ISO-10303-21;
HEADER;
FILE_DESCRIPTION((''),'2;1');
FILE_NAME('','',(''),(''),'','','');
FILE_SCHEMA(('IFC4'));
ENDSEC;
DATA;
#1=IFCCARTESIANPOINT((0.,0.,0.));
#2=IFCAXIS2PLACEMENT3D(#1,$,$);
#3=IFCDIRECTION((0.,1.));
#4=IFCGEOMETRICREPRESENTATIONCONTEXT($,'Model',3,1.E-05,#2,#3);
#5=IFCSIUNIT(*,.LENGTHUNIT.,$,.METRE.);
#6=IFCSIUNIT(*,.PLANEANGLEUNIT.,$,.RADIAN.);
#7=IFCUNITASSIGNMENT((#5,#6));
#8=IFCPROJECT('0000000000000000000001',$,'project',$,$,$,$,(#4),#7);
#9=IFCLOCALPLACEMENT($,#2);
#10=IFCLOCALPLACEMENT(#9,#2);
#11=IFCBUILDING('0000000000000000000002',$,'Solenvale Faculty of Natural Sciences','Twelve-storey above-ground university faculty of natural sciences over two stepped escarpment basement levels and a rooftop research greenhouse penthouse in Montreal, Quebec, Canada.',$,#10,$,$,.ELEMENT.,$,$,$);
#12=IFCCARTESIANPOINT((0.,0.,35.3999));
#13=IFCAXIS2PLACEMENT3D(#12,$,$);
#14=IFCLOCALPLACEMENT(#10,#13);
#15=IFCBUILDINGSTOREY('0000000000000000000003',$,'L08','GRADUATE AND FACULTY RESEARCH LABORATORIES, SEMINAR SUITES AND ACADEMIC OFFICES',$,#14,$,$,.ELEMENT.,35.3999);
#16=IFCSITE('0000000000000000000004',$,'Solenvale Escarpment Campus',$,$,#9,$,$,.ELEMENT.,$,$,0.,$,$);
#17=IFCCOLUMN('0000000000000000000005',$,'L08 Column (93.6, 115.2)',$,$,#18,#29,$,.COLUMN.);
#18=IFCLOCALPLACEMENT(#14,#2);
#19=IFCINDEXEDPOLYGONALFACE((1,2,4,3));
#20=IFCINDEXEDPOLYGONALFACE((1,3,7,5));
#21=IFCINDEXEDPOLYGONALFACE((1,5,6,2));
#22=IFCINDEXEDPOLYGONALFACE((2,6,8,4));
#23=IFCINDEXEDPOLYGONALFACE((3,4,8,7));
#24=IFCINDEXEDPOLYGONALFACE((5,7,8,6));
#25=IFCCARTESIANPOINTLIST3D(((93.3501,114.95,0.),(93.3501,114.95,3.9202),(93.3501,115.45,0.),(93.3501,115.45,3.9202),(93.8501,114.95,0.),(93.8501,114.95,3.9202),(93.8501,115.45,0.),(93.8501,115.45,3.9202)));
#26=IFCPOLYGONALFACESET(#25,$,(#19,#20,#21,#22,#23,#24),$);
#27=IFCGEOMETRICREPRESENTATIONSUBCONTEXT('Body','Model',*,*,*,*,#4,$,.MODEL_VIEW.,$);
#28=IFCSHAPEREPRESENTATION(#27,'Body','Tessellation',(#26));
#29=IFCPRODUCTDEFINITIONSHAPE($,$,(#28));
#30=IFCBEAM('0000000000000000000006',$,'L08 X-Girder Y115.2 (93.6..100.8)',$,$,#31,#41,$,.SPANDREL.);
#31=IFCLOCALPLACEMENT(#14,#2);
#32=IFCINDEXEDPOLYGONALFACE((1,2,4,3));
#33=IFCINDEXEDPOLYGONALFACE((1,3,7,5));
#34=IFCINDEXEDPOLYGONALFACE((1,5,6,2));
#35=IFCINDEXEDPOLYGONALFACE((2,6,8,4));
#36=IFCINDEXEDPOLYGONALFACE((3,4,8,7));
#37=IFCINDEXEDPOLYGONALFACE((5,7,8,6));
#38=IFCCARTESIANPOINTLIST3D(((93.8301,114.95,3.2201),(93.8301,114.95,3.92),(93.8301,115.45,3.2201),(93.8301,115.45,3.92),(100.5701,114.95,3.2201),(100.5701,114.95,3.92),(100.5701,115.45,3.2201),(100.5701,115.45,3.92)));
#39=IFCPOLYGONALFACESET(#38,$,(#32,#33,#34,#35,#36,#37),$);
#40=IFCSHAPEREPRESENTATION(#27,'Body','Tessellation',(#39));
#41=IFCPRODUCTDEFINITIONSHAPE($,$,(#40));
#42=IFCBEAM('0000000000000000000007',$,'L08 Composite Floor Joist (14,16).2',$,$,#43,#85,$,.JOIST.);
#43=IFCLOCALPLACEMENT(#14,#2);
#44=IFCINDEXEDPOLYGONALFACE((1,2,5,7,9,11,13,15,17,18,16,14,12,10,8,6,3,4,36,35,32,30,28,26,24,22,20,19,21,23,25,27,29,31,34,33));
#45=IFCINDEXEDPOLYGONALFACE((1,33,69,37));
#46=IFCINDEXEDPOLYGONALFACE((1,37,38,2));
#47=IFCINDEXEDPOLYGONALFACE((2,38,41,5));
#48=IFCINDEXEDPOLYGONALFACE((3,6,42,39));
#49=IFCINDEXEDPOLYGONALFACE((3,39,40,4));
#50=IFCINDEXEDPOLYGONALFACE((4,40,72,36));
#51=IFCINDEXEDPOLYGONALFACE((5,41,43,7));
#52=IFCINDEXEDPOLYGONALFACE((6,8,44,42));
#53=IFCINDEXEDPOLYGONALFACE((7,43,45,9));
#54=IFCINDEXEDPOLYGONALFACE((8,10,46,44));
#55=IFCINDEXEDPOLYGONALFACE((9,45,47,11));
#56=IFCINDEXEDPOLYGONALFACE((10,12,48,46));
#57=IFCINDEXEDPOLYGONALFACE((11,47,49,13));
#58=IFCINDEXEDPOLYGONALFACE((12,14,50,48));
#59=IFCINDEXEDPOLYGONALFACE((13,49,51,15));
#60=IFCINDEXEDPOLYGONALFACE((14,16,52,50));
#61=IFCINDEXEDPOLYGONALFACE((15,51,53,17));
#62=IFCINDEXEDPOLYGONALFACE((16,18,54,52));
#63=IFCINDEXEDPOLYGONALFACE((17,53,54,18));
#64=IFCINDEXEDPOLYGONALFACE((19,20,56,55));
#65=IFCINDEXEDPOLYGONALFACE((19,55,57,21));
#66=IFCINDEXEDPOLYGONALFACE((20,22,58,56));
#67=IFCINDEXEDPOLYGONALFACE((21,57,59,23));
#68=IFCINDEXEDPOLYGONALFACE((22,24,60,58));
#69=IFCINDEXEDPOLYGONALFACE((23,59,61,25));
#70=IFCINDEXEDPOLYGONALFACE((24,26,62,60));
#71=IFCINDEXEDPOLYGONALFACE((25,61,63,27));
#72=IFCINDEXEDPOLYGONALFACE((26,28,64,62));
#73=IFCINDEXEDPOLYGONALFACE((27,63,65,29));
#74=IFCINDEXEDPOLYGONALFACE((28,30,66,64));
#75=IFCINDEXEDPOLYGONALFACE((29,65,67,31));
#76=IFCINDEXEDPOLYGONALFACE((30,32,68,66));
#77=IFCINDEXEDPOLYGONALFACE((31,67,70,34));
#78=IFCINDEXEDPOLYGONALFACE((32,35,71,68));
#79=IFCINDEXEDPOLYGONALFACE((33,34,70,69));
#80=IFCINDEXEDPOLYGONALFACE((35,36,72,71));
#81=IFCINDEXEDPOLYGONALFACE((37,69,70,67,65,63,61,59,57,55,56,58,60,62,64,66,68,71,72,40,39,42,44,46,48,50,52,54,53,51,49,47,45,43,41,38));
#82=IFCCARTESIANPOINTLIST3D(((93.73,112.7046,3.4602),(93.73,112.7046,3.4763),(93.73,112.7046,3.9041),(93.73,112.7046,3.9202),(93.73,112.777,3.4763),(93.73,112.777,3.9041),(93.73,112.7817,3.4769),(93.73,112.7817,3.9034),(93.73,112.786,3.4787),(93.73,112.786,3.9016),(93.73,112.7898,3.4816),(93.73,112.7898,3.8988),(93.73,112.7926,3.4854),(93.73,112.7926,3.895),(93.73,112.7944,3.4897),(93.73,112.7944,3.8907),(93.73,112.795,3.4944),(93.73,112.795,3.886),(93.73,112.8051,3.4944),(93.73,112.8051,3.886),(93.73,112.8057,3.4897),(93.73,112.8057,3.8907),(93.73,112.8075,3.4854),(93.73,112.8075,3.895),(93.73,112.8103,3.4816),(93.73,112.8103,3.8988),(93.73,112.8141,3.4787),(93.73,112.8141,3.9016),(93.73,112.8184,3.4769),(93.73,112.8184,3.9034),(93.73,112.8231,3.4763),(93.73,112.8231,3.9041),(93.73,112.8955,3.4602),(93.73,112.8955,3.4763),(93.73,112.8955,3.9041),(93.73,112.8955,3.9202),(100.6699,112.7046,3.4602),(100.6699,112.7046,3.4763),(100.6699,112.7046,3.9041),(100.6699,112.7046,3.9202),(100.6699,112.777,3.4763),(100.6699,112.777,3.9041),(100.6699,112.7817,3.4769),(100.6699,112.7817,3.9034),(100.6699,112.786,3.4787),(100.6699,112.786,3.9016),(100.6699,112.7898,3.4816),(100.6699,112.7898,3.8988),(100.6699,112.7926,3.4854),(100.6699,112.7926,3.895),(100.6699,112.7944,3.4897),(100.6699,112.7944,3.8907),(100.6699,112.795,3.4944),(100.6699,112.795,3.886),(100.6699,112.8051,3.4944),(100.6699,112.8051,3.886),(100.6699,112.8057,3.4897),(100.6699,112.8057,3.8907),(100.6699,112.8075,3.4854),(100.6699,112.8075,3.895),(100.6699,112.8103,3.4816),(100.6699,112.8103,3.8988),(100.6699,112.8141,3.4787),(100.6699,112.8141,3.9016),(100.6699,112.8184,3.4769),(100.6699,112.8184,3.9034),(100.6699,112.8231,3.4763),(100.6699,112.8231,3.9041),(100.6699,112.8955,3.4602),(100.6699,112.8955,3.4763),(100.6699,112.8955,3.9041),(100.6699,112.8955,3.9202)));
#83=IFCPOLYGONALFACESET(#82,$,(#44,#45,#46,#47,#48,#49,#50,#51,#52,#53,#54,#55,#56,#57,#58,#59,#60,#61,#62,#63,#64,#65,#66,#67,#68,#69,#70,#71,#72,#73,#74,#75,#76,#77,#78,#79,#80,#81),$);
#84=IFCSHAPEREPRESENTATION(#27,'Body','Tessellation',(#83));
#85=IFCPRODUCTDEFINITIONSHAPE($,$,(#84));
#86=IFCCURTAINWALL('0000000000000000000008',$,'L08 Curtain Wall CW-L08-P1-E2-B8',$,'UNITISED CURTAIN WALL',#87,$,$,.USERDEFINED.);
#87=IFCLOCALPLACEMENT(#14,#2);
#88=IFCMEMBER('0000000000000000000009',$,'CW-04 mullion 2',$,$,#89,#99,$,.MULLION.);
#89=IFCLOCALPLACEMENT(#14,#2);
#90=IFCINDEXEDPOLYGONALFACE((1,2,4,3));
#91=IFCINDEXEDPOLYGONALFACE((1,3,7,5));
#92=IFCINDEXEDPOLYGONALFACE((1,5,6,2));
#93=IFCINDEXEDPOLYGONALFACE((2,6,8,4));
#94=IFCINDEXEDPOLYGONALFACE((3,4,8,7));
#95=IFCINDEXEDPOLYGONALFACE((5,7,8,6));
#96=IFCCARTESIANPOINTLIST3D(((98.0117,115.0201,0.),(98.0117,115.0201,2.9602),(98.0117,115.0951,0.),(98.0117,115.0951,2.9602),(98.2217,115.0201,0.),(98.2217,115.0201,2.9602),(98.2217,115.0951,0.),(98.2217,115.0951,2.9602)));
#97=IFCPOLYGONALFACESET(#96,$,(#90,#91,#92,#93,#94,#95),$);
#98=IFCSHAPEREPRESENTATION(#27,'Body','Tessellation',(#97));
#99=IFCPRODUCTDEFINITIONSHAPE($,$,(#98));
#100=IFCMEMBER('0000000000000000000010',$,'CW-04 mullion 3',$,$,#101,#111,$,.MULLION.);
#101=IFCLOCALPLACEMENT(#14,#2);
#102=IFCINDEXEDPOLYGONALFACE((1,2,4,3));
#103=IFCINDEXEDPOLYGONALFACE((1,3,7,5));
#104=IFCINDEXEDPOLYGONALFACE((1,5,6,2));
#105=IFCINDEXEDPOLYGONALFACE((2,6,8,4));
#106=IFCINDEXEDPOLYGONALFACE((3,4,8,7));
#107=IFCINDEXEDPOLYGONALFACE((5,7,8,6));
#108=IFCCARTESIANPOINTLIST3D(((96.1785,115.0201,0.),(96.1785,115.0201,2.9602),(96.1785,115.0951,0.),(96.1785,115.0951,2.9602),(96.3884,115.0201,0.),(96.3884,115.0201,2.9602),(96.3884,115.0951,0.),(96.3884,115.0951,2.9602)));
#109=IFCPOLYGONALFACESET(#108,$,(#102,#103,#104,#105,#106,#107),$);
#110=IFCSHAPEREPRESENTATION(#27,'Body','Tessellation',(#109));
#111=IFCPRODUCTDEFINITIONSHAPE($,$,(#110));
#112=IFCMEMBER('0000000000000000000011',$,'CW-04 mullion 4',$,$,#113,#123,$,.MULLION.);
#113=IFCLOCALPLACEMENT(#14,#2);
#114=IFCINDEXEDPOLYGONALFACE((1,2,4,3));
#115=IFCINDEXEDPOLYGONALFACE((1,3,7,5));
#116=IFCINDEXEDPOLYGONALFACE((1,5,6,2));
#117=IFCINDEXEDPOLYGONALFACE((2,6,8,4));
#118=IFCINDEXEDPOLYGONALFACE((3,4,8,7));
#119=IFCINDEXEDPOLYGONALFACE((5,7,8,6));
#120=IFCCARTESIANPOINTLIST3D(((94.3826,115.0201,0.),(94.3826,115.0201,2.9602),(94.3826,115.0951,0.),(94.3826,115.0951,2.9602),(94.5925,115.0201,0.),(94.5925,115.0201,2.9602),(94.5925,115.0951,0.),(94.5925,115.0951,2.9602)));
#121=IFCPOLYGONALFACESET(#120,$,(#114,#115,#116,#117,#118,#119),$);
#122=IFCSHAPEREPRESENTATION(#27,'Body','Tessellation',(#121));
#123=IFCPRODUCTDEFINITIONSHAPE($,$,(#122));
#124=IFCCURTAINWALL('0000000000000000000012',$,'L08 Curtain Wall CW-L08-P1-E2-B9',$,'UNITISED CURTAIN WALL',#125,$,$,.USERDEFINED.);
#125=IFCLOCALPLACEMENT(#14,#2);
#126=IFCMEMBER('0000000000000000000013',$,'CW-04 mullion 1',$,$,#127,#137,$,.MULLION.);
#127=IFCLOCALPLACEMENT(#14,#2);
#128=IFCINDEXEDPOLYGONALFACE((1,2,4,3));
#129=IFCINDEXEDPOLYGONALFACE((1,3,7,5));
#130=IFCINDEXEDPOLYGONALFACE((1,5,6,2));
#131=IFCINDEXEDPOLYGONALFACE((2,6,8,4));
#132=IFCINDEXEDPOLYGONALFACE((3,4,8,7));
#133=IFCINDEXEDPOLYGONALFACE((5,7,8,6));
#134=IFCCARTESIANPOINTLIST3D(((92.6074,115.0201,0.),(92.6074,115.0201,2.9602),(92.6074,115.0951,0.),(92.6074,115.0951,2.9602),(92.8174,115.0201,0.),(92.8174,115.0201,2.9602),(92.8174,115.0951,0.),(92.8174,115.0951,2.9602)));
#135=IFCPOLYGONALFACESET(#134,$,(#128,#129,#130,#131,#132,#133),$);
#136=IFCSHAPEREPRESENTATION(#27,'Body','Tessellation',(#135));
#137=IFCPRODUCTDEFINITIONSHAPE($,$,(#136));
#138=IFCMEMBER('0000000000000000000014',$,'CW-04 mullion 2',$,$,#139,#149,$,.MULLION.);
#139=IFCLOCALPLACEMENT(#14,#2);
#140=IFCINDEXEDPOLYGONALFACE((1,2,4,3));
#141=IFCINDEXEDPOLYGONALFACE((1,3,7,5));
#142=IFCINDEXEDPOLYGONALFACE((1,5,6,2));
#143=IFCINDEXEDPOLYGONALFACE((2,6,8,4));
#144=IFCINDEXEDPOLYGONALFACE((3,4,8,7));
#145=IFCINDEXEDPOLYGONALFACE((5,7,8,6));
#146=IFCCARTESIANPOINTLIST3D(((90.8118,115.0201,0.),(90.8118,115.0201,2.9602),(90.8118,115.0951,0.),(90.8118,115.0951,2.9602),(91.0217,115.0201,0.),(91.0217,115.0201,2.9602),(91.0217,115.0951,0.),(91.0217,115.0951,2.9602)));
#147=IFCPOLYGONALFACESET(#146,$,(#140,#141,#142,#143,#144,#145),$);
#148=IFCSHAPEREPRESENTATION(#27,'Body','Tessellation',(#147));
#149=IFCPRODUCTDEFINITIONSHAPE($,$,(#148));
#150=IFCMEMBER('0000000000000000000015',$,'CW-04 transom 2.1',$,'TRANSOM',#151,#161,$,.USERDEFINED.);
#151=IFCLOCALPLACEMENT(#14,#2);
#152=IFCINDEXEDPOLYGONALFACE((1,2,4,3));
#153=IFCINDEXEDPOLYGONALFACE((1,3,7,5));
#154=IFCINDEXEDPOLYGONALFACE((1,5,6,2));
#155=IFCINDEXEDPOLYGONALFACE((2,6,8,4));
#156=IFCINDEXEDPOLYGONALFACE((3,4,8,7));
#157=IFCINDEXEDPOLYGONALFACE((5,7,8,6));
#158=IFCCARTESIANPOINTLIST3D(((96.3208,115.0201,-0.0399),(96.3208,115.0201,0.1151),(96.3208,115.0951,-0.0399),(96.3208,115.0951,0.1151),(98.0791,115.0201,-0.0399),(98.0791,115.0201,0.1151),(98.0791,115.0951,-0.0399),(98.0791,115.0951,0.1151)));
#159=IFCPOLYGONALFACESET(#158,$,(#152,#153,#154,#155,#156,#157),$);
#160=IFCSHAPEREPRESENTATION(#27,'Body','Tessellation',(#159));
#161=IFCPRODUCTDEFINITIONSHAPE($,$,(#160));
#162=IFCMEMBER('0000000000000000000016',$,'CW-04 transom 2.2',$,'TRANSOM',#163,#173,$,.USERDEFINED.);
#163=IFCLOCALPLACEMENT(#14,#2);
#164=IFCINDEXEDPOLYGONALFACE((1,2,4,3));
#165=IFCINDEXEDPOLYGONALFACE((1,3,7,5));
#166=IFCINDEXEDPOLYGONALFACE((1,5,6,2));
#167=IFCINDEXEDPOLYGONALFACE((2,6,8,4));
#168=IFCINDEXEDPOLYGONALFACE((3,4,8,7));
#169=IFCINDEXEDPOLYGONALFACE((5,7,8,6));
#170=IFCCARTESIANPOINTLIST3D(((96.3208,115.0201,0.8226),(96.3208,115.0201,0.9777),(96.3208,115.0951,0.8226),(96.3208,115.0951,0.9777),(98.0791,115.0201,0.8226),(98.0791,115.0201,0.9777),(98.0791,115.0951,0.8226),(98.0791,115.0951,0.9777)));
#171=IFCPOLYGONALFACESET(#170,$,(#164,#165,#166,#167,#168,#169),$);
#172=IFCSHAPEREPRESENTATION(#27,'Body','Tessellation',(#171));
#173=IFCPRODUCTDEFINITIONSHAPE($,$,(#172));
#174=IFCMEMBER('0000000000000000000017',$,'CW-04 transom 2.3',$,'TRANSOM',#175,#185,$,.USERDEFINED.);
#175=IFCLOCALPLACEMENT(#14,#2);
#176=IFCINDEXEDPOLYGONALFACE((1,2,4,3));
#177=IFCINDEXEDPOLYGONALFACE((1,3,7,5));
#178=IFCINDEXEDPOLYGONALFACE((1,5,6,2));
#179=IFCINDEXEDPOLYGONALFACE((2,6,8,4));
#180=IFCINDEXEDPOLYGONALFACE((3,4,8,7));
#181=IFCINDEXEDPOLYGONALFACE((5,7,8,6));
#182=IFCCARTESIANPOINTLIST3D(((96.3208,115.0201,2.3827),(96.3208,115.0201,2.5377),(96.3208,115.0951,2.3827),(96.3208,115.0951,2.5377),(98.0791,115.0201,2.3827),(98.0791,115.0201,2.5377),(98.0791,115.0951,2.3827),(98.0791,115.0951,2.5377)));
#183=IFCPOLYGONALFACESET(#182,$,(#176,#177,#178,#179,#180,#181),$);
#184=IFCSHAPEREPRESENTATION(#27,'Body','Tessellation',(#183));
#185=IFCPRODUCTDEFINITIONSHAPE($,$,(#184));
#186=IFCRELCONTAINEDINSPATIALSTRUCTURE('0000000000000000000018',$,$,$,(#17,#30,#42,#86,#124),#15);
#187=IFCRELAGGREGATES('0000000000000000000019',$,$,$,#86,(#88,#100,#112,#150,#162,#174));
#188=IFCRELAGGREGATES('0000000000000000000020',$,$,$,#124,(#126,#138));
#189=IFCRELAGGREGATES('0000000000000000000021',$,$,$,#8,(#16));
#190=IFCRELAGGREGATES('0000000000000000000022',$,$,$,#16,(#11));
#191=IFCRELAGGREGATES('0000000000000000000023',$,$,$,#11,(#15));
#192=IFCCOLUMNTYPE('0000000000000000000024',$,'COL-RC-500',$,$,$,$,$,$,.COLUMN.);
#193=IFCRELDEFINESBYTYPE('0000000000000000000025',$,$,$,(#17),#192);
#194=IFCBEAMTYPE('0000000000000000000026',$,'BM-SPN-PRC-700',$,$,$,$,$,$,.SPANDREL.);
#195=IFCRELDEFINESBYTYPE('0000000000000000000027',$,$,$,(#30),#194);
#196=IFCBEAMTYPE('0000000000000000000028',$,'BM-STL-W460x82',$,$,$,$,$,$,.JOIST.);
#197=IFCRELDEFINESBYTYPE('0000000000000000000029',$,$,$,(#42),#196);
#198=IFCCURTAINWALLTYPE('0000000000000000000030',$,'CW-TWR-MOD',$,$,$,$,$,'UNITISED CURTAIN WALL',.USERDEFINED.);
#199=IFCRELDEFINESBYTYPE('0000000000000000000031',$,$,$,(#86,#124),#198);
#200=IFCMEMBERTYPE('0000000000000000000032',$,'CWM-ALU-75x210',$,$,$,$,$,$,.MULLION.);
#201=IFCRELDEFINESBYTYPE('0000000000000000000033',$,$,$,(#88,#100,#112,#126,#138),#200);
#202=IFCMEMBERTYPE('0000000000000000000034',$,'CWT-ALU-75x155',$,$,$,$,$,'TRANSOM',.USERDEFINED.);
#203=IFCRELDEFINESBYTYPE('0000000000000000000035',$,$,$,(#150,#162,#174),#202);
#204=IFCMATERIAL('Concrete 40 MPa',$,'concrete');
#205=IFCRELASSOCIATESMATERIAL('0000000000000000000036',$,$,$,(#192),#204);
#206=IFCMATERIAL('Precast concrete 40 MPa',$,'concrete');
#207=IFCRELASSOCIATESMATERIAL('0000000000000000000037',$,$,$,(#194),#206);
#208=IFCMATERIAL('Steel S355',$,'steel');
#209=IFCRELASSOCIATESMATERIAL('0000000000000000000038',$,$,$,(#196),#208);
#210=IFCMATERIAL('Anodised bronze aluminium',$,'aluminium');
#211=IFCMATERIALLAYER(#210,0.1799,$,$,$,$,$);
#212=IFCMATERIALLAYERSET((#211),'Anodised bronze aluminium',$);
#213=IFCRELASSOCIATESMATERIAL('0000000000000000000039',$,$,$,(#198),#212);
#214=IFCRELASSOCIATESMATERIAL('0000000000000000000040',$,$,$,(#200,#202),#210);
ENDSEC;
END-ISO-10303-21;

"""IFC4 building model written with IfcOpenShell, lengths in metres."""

from ifc_helpers import new_model, si_unit, direction, frame, origin, origin_2d, place, context, subcontext, project, spatial, rectangle, i_section, extrude, material, layer, layer_set, material_profile, profile_set, type_object, element, aggregate, save


model = new_model("IFC4")

# Units and contexts
model_context = context("Model", 3, precision=1e-05, world=origin(), true_north=direction((0.0, 1.0)))
body_context = subcontext(model_context, "Body", "Model", "MODEL_VIEW")
ifc_project = project(units=[si_unit("LENGTHUNIT", "METRE"), si_unit("PLANEANGLEUNIT", "RADIAN")], contexts=[model_context])

# Site, building, storey
site_placement = place(None, origin())
site = spatial("IfcSite", under=ifc_project, at=site_placement, Name="Solenvale Escarpment Campus", CompositionType="ELEMENT", RefElevation=0.0)
building_placement = place(site_placement, origin())
building = spatial("IfcBuilding", under=site, at=building_placement, Name="Solenvale Faculty of Natural Sciences", Description="Twelve-storey above-ground university faculty of natural sciences over two stepped escarpment basement levels and a rooftop research greenhouse penthouse in Montreal, Quebec, Canada.", CompositionType="ELEMENT")
storey_placement = place(building_placement, frame((0.0, 0.0, 35.3999)))
storey = spatial("IfcBuildingStorey", under=building, at=storey_placement, Name="L08", Description="GRADUATE AND FACULTY RESEARCH LABORATORIES, SEMINAR SUITES AND ACADEMIC OFFICES", CompositionType="ELEMENT", Elevation=35.3999)

# Column
ifc_material_1 = material(Name="Concrete 40 MPa", Category="concrete")
ifc_material_profile_1 = material_profile(ifc_material_1, rectangle(XDim=0.5, YDim=0.5, at=origin_2d()), Name="RC-COL-500x500")
ifc_profile_set_1 = profile_set([ifc_material_profile_1], Name="Concrete 40 MPa")
column_type = type_object("IfcColumnType", Name="COL-RC-500", PredefinedType="COLUMN", material=ifc_profile_set_1)
column_placement = place(storey_placement, frame((93.6001, 115.2, 0.0), z_axis=(0.0, 0.0, 1.0), x_axis=(1.0, 0.0, 0.0)))
element("IfcColumn", 1, at=column_placement, inside=storey, type_object=column_type, Name="L08 Column (93.6, 115.2)", PredefinedType="COLUMN", context=body_context, shape_type="SweptSolid", body=[
    extrude(rectangle(XDim=0.5, YDim=0.5, at=origin_2d()), origin(), (0.0, 0.0, 1.0), 3.9202),
])

# Beams
ifc_material_2 = material(Name="Precast concrete 40 MPa", Category="concrete")
ifc_material_profile_2 = material_profile(ifc_material_2, rectangle(XDim=0.5, YDim=0.7, at=origin_2d()), Name="RC-BM-500x700")
ifc_profile_set_2 = profile_set([ifc_material_profile_2], Name="Precast concrete 40 MPa")
beam_type_1 = type_object("IfcBeamType", Name="BM-SPN-PRC-700", PredefinedType="SPANDREL", material=ifc_profile_set_2)
beam_1_placement = place(storey_placement, frame((93.8301, 115.2, 3.5701), z_axis=(1.0, 0.0, 0.0), x_axis=(0.0, 1.0, 0.0)))
element("IfcBeam", 2, at=beam_1_placement, inside=storey, type_object=beam_type_1, Name="L08 X-Girder Y115.2 (93.6..100.8)", PredefinedType="SPANDREL", context=body_context, shape_type="SweptSolid", body=[
    extrude(rectangle(XDim=0.5, YDim=0.7, at=origin_2d()), origin(), (0.0, 0.0, 1.0), 6.74),
])
ifc_material_3 = material(Name="Steel S355", Category="steel")
ifc_material_profile_3 = material_profile(ifc_material_3, i_section(OverallWidth=0.1909, OverallDepth=0.46, WebThickness=0.01, FlangeThickness=0.0161, FilletRadius=0.0181, at=origin_2d()), Name="W460x82")
ifc_profile_set_3 = profile_set([ifc_material_profile_3], Name="Steel S355")
beam_type_2 = type_object("IfcBeamType", Name="BM-STL-W460x82", PredefinedType="JOIST", material=ifc_profile_set_3)
beam_2_placement = place(storey_placement, frame((93.73, 112.8, 3.6902), z_axis=(1.0, 0.0, 0.0), x_axis=(0.0, 1.0, 0.0)))
element("IfcBeam", 3, at=beam_2_placement, inside=storey, type_object=beam_type_2, Name="L08 Composite Floor Joist (14,16).2", PredefinedType="JOIST", context=body_context, shape_type="SweptSolid", body=[
    extrude(i_section(OverallWidth=0.1909, OverallDepth=0.46, WebThickness=0.01, FlangeThickness=0.0161, FilletRadius=0.0181, at=origin_2d()), origin(), (0.0, 0.0, 1.0), 6.9399),
])

# Curtain walls, members
ifc_material_4 = material(Name="Anodised bronze aluminium", Category="aluminium")
ifc_layer_1 = layer(ifc_material_4, 0.1799)
ifc_layer_set_1 = layer_set([ifc_layer_1], Name="Anodised bronze aluminium")
curtain_wall_type = type_object("IfcCurtainWallType", Name="CW-TWR-MOD", ElementType="UNITISED CURTAIN WALL", PredefinedType="USERDEFINED", material=ifc_layer_set_1)
curtain_wall_1_placement = place(storey_placement, origin())
curtain_wall_1 = element("IfcCurtainWall", 4, at=curtain_wall_1_placement, inside=storey, type_object=curtain_wall_type, Name="L08 Curtain Wall CW-L08-P1-E2-B8", ObjectType="UNITISED CURTAIN WALL", PredefinedType="USERDEFINED")
ifc_material_profile_4 = material_profile(ifc_material_4, rectangle(XDim=0.075, YDim=0.21, at=origin_2d()), Name="ALU-MUL-75x210")
ifc_profile_set_4 = profile_set([ifc_material_profile_4], Name="Anodised bronze aluminium")
member_type_1 = type_object("IfcMemberType", Name="CWM-ALU-75x210", PredefinedType="MULLION", material=ifc_profile_set_4)
member_1_placement = place(storey_placement, frame((98.1167, 115.0576, 0.0), z_axis=(0.0, 0.0, 1.0), x_axis=(0.0, -1.0, 0.0)))
member_1 = element("IfcMember", 5, at=member_1_placement, type_object=member_type_1, Name="CW-04 mullion 2", PredefinedType="MULLION", context=body_context, shape_type="SweptSolid", body=[
    extrude(rectangle(XDim=0.075, YDim=0.21, at=origin_2d()), origin(), (0.0, 0.0, 1.0), 2.9602),
])
member_2_placement = place(storey_placement, frame((96.2834, 115.0576, 0.0), z_axis=(0.0, 0.0, 1.0), x_axis=(0.0, -1.0, 0.0)))
member_2 = element("IfcMember", 6, at=member_2_placement, type_object=member_type_1, Name="CW-04 mullion 3", PredefinedType="MULLION", context=body_context, shape_type="SweptSolid", body=[
    extrude(rectangle(XDim=0.075, YDim=0.21, at=origin_2d()), origin(), (0.0, 0.0, 1.0), 2.9602),
])
member_3_placement = place(storey_placement, frame((94.4875, 115.0576, 0.0), z_axis=(0.0, 0.0, 1.0), x_axis=(0.0, -1.0, 0.0)))
member_3 = element("IfcMember", 7, at=member_3_placement, type_object=member_type_1, Name="CW-04 mullion 4", PredefinedType="MULLION", context=body_context, shape_type="SweptSolid", body=[
    extrude(rectangle(XDim=0.075, YDim=0.21, at=origin_2d()), origin(), (0.0, 0.0, 1.0), 2.9602),
])
curtain_wall_2_placement = place(storey_placement, origin())
curtain_wall_2 = element("IfcCurtainWall", 8, at=curtain_wall_2_placement, inside=storey, type_object=curtain_wall_type, Name="L08 Curtain Wall CW-L08-P1-E2-B9", ObjectType="UNITISED CURTAIN WALL", PredefinedType="USERDEFINED")
member_4_placement = place(storey_placement, frame((92.7124, 115.0576, 0.0), z_axis=(0.0, 0.0, 1.0), x_axis=(0.0, -1.0, 0.0)))
member_4 = element("IfcMember", 9, at=member_4_placement, type_object=member_type_1, Name="CW-04 mullion 1", PredefinedType="MULLION", context=body_context, shape_type="SweptSolid", body=[
    extrude(rectangle(XDim=0.075, YDim=0.21, at=origin_2d()), origin(), (0.0, 0.0, 1.0), 2.9602),
])
member_5_placement = place(storey_placement, frame((90.9167, 115.0576, 0.0), z_axis=(0.0, 0.0, 1.0), x_axis=(0.0, -1.0, 0.0)))
member_5 = element("IfcMember", 10, at=member_5_placement, type_object=member_type_1, Name="CW-04 mullion 2", PredefinedType="MULLION", context=body_context, shape_type="SweptSolid", body=[
    extrude(rectangle(XDim=0.075, YDim=0.21, at=origin_2d()), origin(), (0.0, 0.0, 1.0), 2.9602),
])

# Members
ifc_material_profile_5 = material_profile(ifc_material_4, rectangle(XDim=0.075, YDim=0.155, at=origin_2d()), Name="ALU-TRN-75x155")
ifc_profile_set_5 = profile_set([ifc_material_profile_5], Name="Anodised bronze aluminium")
member_type_2 = type_object("IfcMemberType", Name="CWT-ALU-75x155", ElementType="TRANSOM", PredefinedType="USERDEFINED", material=ifc_profile_set_5)
member_6_placement = place(storey_placement, frame((98.0791, 115.0576, 0.0376), z_axis=(-1.0, 0.0, 0.0), x_axis=(0.0, -1.0, 0.0)))
member_6 = element("IfcMember", 11, at=member_6_placement, type_object=member_type_2, Name="CW-04 transom 2.1", ObjectType="TRANSOM", PredefinedType="USERDEFINED", context=body_context, shape_type="SweptSolid", body=[
    extrude(rectangle(XDim=0.075, YDim=0.155, at=origin_2d()), origin(), (0.0, 0.0, 1.0), 1.7583),
])
member_7_placement = place(storey_placement, frame((98.0791, 115.0576, 0.9001), z_axis=(-1.0, 0.0, 0.0), x_axis=(0.0, -1.0, 0.0)))
member_7 = element("IfcMember", 12, at=member_7_placement, type_object=member_type_2, Name="CW-04 transom 2.2", ObjectType="TRANSOM", PredefinedType="USERDEFINED", context=body_context, shape_type="SweptSolid", body=[
    extrude(rectangle(XDim=0.075, YDim=0.155, at=origin_2d()), origin(), (0.0, 0.0, 1.0), 1.7583),
])
member_8_placement = place(storey_placement, frame((98.0791, 115.0576, 2.4602), z_axis=(-1.0, 0.0, 0.0), x_axis=(0.0, -1.0, 0.0)))
member_8 = element("IfcMember", 13, at=member_8_placement, type_object=member_type_2, Name="CW-04 transom 2.3", ObjectType="TRANSOM", PredefinedType="USERDEFINED", context=body_context, shape_type="SweptSolid", body=[
    extrude(rectangle(XDim=0.075, YDim=0.155, at=origin_2d()), origin(), (0.0, 0.0, 1.0), 1.7583),
])

aggregate(curtain_wall_1, [member_1, member_2, member_3, member_6, member_7, member_8])
aggregate(curtain_wall_2, [member_4, member_5])

save(model, "model.ifc")
